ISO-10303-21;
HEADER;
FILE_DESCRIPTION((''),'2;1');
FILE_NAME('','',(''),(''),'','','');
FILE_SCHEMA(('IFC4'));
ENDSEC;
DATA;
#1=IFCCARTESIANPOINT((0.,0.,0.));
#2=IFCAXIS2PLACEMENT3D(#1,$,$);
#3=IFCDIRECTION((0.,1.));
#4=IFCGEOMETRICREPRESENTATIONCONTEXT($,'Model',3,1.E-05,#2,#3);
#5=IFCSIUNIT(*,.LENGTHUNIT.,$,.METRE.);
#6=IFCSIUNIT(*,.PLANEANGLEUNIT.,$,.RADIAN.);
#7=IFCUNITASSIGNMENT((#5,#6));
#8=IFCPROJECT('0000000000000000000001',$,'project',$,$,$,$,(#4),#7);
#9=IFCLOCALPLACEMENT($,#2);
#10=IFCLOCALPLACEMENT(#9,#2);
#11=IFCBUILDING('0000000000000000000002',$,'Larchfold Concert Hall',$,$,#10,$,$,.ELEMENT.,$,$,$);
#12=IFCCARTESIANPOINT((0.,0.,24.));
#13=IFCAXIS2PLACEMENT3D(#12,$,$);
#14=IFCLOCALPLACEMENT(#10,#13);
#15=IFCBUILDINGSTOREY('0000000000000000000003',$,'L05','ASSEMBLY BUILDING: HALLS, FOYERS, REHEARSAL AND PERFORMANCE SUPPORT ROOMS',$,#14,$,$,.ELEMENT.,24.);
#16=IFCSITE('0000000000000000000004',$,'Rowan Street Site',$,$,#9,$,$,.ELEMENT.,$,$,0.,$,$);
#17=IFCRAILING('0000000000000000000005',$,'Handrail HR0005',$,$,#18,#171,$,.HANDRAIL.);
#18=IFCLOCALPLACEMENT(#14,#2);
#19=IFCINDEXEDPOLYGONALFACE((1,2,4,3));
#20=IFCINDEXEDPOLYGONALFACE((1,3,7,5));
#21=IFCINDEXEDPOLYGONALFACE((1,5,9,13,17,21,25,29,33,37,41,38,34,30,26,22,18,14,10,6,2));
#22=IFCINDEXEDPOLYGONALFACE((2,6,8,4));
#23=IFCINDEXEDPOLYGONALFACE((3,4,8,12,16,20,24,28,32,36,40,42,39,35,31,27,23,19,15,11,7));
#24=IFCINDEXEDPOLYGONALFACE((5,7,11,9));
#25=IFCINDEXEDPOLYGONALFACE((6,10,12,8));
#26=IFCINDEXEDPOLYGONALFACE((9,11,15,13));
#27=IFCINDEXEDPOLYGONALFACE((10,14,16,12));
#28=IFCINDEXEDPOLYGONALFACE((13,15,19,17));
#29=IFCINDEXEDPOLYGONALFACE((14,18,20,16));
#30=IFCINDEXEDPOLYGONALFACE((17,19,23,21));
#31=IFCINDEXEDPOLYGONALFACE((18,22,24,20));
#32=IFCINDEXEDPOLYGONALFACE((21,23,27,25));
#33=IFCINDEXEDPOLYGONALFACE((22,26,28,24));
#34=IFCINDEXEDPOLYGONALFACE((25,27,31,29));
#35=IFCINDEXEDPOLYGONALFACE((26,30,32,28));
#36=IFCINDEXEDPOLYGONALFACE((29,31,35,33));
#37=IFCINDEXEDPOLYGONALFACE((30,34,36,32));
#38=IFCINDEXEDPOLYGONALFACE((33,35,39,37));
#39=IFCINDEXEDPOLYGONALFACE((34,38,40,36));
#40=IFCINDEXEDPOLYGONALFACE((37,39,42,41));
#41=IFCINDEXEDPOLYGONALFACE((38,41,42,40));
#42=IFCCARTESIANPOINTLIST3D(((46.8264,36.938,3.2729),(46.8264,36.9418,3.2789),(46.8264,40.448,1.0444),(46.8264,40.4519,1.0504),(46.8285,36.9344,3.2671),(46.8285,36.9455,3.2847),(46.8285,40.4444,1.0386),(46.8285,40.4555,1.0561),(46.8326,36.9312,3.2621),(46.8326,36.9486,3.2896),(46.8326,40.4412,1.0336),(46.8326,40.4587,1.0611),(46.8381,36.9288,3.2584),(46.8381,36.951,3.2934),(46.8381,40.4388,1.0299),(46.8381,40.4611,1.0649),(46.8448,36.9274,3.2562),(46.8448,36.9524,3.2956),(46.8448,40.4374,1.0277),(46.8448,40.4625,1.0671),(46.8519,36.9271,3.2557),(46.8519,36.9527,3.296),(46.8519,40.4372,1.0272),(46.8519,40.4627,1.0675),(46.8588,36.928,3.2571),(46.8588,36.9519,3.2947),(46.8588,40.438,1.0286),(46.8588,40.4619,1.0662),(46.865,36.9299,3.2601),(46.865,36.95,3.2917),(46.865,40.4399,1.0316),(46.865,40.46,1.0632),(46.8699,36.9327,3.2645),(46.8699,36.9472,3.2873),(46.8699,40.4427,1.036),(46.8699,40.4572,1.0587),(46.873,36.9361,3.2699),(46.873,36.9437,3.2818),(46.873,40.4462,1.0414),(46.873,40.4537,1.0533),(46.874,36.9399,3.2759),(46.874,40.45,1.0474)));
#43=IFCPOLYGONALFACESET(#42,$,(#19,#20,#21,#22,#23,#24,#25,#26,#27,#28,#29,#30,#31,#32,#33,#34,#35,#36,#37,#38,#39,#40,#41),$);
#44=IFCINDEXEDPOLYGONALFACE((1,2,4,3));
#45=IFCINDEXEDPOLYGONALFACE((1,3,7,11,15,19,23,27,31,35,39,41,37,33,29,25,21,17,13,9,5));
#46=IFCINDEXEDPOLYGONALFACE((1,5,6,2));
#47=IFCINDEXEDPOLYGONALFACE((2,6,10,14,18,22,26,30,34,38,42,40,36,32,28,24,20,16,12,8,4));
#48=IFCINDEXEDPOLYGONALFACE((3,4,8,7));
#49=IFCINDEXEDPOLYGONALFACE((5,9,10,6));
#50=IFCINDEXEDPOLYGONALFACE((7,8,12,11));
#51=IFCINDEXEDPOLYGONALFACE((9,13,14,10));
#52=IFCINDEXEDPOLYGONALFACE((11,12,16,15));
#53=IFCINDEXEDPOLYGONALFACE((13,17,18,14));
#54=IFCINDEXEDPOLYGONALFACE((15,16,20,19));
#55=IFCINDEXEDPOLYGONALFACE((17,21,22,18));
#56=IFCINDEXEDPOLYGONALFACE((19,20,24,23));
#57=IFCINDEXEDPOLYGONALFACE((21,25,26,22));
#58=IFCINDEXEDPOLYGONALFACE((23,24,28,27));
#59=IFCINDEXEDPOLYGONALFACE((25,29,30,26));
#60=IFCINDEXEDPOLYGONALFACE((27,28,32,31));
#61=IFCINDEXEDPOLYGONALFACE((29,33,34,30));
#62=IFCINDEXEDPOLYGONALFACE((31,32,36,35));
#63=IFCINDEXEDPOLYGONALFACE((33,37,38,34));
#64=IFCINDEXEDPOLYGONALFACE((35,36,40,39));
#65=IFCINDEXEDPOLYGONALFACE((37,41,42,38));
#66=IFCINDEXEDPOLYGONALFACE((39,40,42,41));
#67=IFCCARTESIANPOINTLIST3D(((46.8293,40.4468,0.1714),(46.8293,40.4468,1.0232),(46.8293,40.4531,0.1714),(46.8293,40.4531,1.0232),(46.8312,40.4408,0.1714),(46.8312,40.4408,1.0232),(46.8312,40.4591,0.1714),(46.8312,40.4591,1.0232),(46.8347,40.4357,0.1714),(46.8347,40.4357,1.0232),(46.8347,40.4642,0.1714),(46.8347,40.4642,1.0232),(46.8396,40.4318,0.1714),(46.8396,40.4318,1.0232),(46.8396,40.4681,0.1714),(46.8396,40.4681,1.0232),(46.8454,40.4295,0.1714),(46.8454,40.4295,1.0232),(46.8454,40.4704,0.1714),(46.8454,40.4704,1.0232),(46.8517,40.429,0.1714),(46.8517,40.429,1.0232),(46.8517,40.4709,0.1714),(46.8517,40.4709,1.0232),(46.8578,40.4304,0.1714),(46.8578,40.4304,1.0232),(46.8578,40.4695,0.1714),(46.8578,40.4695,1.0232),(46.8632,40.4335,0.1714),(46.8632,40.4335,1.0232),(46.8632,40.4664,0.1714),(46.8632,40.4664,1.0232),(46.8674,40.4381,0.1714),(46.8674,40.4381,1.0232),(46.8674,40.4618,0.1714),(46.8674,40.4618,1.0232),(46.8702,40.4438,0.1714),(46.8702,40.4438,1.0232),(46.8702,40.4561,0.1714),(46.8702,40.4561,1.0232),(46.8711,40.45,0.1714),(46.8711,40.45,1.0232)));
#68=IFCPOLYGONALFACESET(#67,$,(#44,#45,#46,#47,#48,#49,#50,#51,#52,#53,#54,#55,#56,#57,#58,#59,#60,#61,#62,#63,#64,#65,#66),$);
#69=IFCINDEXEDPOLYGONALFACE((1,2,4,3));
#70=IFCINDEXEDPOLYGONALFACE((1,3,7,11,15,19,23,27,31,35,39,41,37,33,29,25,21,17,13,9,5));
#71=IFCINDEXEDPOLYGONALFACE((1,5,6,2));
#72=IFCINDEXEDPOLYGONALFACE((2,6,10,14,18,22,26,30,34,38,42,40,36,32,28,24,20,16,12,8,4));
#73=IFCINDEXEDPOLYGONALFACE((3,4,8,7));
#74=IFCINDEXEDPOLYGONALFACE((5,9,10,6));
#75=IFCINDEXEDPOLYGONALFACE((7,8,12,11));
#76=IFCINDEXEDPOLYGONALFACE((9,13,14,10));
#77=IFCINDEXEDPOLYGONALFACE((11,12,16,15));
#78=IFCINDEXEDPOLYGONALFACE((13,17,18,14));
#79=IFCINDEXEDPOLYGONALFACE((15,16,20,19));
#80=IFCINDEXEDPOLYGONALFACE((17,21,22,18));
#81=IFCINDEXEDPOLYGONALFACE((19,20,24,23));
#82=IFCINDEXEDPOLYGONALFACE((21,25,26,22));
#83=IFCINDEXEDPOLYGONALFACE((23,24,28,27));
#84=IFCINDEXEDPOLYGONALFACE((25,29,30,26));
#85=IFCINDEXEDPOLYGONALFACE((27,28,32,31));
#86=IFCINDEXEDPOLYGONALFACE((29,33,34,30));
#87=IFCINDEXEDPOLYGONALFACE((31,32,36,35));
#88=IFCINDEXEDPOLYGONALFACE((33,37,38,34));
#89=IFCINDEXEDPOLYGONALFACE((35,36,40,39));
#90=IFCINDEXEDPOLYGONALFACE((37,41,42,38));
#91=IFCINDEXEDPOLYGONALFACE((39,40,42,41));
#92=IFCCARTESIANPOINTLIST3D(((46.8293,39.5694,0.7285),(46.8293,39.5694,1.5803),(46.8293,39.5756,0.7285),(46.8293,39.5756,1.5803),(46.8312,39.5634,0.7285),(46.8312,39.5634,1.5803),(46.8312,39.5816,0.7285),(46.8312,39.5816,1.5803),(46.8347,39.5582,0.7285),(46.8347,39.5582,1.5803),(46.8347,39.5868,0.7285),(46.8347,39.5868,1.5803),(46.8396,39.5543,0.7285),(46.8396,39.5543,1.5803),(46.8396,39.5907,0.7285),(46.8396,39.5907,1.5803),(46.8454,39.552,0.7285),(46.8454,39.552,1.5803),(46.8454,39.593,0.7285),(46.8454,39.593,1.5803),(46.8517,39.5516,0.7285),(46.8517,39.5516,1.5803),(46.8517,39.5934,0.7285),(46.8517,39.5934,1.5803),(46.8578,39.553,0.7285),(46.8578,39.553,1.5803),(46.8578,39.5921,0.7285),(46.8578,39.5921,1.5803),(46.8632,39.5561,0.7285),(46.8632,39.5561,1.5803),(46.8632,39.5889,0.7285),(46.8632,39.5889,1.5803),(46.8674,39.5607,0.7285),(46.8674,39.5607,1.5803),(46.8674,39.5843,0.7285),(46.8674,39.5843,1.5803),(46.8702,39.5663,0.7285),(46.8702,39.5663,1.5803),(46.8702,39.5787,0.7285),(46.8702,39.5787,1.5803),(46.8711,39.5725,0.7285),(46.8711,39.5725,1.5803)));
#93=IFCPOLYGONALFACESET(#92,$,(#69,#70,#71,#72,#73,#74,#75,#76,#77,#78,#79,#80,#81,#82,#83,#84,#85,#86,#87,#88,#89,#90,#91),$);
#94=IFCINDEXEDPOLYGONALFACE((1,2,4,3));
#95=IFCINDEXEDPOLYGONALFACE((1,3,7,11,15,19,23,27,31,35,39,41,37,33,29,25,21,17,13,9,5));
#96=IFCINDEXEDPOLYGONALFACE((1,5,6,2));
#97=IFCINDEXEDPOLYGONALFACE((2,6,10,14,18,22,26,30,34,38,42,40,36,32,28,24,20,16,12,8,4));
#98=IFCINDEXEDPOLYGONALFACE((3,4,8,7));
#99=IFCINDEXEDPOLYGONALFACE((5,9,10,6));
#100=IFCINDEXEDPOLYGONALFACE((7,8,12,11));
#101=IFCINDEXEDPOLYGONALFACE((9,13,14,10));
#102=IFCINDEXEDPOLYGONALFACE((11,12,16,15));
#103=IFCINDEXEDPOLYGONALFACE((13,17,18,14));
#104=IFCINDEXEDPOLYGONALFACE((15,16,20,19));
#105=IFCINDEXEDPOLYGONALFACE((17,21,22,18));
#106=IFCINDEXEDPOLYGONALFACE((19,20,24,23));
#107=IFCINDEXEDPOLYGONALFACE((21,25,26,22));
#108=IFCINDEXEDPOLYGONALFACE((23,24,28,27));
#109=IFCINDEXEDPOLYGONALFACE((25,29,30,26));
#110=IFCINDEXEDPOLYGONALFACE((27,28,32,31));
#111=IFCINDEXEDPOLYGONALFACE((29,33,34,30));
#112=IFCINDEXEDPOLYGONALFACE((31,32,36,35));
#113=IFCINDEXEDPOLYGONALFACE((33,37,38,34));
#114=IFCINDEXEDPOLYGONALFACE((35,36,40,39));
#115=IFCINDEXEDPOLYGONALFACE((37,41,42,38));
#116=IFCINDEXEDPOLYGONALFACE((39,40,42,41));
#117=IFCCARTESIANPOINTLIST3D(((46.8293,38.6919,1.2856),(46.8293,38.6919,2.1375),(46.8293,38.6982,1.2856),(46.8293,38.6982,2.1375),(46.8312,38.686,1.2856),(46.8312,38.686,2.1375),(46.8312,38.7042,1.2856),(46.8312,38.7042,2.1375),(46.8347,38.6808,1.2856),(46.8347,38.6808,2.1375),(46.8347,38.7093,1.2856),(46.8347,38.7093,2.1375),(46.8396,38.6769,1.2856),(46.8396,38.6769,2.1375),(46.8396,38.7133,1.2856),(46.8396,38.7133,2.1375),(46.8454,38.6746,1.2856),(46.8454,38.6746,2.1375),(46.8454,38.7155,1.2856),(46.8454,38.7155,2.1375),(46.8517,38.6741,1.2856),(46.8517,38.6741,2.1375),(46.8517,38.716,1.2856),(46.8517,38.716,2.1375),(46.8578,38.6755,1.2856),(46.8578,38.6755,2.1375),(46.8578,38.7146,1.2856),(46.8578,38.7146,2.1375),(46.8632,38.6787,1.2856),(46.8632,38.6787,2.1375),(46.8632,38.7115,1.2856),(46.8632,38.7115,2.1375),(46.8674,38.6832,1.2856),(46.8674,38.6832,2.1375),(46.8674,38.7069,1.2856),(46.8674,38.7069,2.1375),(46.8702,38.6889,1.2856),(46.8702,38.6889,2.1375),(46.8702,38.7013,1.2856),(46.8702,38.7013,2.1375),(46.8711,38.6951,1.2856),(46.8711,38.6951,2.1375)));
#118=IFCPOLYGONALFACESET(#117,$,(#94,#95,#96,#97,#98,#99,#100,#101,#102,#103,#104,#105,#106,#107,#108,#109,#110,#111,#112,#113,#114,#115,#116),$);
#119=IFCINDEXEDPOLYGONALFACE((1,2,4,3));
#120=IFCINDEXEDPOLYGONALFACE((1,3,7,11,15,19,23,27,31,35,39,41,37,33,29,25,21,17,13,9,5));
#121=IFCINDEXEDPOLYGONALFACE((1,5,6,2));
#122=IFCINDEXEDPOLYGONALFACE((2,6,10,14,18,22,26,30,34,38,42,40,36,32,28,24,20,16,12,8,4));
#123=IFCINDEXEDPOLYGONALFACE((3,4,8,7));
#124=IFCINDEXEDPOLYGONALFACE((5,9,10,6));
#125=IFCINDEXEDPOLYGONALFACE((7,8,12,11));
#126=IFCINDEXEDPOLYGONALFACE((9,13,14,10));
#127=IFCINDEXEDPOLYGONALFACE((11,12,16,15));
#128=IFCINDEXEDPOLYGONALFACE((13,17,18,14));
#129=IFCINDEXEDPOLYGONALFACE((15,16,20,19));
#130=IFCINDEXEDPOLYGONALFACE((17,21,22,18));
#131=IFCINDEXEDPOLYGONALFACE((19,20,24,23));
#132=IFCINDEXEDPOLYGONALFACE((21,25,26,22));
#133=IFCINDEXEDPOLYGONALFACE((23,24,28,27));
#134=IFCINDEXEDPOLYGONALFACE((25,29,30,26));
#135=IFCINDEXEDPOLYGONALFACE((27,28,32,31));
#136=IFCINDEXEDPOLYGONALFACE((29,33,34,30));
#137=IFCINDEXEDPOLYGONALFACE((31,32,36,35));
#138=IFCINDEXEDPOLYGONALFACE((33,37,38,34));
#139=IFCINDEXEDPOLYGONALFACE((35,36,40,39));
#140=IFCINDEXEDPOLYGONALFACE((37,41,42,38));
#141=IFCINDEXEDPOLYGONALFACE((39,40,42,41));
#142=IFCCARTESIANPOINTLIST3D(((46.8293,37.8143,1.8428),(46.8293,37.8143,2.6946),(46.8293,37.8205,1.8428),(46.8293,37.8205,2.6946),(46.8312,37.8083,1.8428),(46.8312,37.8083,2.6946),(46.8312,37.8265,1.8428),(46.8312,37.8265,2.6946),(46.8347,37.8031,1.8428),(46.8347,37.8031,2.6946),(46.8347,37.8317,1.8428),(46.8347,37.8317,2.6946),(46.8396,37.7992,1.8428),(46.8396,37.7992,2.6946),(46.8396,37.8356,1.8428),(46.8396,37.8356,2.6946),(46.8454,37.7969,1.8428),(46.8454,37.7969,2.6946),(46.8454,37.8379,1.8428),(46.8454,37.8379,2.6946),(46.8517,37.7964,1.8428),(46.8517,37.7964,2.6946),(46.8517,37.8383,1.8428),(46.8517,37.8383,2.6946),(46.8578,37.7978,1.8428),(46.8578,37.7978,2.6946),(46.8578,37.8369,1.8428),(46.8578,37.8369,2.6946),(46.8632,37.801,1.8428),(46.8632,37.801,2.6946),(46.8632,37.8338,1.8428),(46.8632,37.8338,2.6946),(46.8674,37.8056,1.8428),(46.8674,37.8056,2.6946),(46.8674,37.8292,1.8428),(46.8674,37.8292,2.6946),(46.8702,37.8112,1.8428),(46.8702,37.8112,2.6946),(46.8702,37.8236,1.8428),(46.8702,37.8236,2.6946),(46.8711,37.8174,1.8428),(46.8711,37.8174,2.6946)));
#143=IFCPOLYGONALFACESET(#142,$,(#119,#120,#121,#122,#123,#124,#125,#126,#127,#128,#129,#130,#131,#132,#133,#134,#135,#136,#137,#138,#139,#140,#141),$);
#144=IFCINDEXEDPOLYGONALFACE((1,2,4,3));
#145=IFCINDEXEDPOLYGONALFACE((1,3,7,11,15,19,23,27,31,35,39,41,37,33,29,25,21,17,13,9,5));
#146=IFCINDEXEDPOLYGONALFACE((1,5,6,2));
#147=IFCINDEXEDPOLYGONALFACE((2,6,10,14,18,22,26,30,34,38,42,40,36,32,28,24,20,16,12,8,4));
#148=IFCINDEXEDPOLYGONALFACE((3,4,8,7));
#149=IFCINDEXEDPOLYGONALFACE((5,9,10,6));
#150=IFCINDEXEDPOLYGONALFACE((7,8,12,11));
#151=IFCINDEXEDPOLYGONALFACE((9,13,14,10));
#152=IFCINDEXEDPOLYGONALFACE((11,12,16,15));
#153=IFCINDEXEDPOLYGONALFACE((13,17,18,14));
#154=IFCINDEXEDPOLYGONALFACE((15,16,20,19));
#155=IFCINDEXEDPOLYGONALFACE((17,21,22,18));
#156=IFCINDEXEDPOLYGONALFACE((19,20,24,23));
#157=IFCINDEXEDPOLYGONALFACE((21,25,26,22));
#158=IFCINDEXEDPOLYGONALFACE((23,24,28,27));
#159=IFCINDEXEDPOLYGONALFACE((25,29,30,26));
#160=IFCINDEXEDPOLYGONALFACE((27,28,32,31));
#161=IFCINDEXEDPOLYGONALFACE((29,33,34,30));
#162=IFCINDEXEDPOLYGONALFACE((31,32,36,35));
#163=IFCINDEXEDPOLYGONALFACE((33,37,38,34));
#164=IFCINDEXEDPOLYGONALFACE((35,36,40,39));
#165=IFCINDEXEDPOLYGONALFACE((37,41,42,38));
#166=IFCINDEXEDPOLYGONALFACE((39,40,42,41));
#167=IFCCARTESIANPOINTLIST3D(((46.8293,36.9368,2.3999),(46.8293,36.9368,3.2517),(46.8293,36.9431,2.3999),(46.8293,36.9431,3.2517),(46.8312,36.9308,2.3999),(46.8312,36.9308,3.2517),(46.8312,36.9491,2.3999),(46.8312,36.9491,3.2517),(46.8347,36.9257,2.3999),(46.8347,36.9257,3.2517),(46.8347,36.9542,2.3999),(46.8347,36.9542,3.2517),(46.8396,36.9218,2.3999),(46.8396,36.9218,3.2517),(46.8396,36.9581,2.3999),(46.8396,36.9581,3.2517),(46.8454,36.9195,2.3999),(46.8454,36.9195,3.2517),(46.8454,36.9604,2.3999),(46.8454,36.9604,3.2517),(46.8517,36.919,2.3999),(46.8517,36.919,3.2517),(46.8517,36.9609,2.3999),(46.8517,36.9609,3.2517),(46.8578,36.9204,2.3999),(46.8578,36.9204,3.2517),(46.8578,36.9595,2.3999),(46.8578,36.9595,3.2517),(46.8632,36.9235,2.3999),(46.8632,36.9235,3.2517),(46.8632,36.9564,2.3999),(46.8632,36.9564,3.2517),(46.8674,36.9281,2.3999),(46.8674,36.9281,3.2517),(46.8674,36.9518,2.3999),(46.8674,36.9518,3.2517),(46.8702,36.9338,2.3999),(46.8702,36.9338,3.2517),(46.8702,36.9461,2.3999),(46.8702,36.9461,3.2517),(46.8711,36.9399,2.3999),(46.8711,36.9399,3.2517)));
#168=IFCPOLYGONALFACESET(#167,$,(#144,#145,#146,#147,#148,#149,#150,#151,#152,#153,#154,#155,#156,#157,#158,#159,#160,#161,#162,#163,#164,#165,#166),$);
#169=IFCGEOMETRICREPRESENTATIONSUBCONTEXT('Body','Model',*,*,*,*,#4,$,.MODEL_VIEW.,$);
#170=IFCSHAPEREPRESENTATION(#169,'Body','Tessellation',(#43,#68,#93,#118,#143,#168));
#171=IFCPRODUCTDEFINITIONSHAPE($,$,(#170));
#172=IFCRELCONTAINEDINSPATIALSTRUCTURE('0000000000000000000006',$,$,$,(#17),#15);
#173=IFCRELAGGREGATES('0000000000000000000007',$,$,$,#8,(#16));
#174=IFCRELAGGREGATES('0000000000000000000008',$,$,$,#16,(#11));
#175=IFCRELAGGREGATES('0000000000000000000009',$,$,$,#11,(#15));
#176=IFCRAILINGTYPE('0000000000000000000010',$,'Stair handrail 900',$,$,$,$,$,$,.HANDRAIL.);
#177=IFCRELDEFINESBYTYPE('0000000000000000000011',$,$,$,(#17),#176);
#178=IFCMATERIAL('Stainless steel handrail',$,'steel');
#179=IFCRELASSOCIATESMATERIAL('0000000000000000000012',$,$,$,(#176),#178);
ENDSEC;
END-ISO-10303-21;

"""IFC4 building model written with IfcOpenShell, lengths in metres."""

from ifc_helpers import new_model, si_unit, direction, frame, origin, origin_2d, place, context, subcontext, project, spatial, circle, extrude, material, type_object, element, save


model = new_model("IFC4")

# Units and contexts
model_context = context("Model", 3, precision=1e-05, world=origin(), true_north=direction((0.0, 1.0)))
body_context = subcontext(model_context, "Body", "Model", "MODEL_VIEW")
ifc_project = project(units=[si_unit("LENGTHUNIT", "METRE"), si_unit("PLANEANGLEUNIT", "RADIAN")], contexts=[model_context])

# Site, building, storey
site_placement = place(None, origin())
site = spatial("IfcSite", under=ifc_project, at=site_placement, Name="Rowan Street Site", CompositionType="ELEMENT", RefElevation=0.0)
building_placement = place(site_placement, origin())
building = spatial("IfcBuilding", under=site, at=building_placement, Name="Larchfold Concert Hall", CompositionType="ELEMENT")
storey_placement = place(building_placement, frame((0.0, 0.0, 24.0)))
storey = spatial("IfcBuildingStorey", under=building, at=storey_placement, Name="L05", Description="ASSEMBLY BUILDING: HALLS, FOYERS, REHEARSAL AND PERFORMANCE SUPPORT ROOMS", CompositionType="ELEMENT", Elevation=24.0)

# Railing
ifc_material_1 = material(Name="Stainless steel handrail", Category="steel")
railing_type_1 = type_object("IfcRailingType", Name="Stair handrail 900", PredefinedType="HANDRAIL", material=ifc_material_1)
for number, where, name in (
    (1, (46.8501, 40.45, 0.1714), "Handrail HR0005"),
):
    element("IfcRailing", number, at=place(storey_placement, frame(where)), inside=storey, type_object=railing_type_1, Name=name, PredefinedType="HANDRAIL", context=body_context, shape_type="SweptSolid", body=[
        extrude(circle(Radius=0.0239, at=origin_2d()), frame((0.0, 0.0, 0.876), z_axis=(0.0, -0.84422, 0.535998), x_axis=(1.0, 0.0, 0.0)), (0.0, 0.0, 1.0), 4.1577),
        extrude(circle(Radius=0.021, at=origin_2d()), origin(), (0.0, 0.0, 1.0), 0.8518),
        extrude(circle(Radius=0.021, at=origin_2d()), frame((0.0, -0.8774, 0.5571)), (0.0, 0.0, 1.0), 0.8518),
        extrude(circle(Radius=0.021, at=origin_2d()), frame((0.0, -1.7549, 1.1143)), (0.0, 0.0, 1.0), 0.8518),
        extrude(circle(Radius=0.021, at=origin_2d()), frame((0.0, -2.6326, 1.6714)), (0.0, 0.0, 1.0), 0.8518),
        extrude(circle(Radius=0.021, at=origin_2d()), frame((0.0, -3.51, 2.2285)), (0.0, 0.0, 1.0), 0.8518),
    ])

save(model, "model.ifc")
